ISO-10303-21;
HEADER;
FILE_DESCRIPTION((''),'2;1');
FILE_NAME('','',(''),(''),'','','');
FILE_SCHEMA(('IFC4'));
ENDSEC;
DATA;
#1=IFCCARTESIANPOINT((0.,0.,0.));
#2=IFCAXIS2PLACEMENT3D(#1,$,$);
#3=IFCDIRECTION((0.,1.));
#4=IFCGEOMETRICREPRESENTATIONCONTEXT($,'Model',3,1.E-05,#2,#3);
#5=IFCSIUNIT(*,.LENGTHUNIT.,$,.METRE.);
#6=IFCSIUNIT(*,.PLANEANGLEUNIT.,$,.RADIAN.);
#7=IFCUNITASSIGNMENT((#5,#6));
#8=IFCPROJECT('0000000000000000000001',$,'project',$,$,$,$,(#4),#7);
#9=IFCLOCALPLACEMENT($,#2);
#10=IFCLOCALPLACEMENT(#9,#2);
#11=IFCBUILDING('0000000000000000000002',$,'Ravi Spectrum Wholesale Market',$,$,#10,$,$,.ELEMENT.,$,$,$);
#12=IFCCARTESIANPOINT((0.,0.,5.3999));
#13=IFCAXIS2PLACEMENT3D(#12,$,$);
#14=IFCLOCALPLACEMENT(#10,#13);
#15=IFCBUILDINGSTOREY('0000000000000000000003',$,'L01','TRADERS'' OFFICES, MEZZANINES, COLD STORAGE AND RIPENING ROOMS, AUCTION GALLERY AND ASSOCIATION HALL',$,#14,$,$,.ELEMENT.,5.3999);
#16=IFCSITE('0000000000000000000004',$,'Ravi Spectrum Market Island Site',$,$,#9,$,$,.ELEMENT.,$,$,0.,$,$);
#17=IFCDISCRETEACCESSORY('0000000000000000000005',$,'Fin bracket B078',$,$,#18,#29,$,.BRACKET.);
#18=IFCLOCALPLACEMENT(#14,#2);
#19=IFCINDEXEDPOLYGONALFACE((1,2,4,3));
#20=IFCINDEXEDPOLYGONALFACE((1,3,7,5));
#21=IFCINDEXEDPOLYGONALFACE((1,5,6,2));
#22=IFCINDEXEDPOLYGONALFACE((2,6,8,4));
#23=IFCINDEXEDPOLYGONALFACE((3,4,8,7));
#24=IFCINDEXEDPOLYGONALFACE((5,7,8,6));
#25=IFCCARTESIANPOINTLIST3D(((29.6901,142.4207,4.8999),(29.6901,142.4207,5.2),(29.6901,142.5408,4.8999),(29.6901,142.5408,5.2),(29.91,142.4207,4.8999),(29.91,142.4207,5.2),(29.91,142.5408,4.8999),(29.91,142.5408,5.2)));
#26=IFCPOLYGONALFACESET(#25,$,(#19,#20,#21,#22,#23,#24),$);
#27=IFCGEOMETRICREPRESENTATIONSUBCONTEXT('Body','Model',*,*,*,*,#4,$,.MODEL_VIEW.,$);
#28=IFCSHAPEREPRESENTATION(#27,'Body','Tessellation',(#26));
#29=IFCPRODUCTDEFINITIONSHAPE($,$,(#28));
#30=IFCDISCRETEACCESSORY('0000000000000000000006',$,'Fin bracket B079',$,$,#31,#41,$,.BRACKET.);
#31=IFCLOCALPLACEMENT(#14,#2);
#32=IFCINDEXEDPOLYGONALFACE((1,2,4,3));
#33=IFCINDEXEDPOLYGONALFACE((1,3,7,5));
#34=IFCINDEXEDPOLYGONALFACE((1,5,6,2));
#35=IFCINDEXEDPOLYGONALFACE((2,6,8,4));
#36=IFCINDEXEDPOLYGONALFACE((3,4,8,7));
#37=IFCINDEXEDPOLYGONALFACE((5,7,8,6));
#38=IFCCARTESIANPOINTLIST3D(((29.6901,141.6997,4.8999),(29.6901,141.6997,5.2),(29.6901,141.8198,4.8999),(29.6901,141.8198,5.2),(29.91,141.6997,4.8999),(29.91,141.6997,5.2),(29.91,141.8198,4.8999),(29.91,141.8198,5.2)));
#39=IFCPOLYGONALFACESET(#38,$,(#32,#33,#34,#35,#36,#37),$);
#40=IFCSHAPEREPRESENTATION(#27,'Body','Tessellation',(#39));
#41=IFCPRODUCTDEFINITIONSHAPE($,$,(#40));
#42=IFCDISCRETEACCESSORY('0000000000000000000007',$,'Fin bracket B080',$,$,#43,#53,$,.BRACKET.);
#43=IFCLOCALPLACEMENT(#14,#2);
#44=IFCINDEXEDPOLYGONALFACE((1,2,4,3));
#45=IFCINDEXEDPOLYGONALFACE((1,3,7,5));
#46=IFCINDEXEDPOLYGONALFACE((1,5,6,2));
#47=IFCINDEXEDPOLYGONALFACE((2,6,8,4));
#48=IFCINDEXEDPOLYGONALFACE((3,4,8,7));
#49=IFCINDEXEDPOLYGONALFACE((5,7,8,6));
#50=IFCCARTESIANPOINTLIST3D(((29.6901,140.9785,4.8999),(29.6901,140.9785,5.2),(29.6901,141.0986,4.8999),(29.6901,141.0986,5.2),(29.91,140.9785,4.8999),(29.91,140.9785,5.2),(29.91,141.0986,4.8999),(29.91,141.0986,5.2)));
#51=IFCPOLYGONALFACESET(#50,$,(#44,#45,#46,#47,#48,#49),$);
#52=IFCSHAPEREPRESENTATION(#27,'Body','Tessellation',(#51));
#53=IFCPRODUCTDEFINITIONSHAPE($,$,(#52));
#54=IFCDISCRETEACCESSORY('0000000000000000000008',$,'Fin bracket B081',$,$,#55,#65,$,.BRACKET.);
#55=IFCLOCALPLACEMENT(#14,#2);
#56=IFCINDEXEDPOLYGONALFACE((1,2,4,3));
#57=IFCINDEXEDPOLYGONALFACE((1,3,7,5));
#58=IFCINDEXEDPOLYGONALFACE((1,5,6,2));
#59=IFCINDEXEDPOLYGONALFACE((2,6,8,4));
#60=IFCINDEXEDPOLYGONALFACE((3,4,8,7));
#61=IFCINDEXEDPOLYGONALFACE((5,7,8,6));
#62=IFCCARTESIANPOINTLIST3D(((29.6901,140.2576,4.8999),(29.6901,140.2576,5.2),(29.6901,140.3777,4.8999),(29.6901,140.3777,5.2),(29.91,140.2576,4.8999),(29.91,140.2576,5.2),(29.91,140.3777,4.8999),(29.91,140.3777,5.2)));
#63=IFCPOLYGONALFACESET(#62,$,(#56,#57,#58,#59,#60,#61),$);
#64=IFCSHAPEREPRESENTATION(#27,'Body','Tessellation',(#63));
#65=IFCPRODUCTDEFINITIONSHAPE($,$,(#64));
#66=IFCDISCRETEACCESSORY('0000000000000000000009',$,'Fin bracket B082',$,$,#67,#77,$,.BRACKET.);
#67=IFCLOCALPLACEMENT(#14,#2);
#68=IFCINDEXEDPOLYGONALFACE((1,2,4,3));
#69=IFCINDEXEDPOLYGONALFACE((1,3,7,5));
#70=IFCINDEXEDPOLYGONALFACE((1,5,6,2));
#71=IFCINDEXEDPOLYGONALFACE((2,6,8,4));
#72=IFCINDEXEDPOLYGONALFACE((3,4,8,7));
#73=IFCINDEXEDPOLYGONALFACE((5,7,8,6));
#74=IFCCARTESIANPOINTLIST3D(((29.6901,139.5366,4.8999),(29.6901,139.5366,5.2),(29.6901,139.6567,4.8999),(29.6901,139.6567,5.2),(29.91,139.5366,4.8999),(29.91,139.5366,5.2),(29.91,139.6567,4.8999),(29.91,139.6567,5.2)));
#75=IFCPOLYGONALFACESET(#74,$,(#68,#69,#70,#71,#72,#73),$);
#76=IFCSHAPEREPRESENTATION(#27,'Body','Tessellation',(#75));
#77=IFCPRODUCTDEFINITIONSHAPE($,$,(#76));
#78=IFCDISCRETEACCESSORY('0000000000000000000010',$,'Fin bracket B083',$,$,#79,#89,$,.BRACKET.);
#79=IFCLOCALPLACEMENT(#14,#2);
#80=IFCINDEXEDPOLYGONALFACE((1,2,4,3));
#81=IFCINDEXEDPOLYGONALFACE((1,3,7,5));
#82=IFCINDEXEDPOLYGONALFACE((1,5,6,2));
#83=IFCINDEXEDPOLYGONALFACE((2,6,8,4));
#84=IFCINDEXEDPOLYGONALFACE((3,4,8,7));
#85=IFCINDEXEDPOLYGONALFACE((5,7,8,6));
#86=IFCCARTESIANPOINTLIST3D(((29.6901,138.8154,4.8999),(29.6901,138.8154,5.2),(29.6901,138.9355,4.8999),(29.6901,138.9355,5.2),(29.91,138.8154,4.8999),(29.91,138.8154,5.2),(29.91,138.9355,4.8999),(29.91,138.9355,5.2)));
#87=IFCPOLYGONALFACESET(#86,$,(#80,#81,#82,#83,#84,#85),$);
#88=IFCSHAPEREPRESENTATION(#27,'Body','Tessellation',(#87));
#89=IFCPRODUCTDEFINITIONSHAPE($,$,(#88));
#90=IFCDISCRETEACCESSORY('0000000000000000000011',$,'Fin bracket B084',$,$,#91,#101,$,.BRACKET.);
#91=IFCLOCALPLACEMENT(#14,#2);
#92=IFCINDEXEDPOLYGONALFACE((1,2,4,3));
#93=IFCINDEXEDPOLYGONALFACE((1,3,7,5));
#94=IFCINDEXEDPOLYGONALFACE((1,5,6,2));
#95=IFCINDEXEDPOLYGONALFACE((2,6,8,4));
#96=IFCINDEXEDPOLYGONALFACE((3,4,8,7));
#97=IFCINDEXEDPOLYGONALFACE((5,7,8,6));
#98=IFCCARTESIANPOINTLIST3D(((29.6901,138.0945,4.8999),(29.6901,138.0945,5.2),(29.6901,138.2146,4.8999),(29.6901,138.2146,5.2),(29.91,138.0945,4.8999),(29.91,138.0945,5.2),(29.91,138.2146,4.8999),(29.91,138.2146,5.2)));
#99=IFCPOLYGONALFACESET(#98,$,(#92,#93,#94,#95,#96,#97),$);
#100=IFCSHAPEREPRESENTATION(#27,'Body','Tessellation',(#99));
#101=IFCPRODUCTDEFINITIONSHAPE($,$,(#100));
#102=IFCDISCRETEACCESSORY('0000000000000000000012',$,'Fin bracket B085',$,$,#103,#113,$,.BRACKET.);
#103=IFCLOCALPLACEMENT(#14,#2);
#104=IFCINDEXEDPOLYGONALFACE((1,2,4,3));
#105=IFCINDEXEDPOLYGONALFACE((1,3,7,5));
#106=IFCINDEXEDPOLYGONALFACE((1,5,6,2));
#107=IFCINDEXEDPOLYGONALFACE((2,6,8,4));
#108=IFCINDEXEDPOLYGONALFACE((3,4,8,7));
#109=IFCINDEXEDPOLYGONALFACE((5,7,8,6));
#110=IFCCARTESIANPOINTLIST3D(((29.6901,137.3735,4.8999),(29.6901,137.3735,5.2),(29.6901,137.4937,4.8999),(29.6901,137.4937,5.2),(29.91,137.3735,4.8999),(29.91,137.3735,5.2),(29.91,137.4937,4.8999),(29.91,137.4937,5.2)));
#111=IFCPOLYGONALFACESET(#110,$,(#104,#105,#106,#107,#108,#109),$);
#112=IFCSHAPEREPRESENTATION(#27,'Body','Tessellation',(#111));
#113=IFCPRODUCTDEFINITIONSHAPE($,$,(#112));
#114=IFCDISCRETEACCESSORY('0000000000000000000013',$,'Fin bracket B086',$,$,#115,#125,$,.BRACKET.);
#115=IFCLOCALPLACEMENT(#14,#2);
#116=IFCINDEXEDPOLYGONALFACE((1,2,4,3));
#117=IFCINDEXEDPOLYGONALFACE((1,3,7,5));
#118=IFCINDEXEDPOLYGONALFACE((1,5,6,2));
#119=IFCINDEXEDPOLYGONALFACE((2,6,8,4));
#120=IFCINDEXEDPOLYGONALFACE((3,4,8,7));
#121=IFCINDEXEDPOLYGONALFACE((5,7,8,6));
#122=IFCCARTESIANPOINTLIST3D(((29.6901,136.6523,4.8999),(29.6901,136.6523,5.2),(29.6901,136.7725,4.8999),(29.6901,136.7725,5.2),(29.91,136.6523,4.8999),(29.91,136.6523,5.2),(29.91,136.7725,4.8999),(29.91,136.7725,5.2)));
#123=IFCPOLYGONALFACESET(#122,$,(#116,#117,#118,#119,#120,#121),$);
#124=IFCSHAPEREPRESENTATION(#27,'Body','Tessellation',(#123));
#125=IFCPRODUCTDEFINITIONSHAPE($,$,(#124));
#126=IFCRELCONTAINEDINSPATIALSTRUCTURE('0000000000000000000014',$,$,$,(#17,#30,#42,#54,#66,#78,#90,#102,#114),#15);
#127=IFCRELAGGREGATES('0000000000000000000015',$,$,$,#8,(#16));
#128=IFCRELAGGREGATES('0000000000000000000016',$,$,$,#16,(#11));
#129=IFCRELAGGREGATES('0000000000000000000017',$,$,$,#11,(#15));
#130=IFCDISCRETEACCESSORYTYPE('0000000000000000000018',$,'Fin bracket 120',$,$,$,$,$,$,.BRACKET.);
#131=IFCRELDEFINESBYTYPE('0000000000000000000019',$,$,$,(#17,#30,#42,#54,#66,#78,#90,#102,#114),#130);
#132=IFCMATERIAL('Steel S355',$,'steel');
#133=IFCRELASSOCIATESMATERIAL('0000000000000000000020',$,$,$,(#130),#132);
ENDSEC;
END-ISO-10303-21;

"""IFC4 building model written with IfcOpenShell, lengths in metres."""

from ifc_helpers import new_model, si_unit, direction, frame, origin, origin_2d, place, context, subcontext, project, spatial, rectangle, extrude, material, type_object, element, save


model = new_model("IFC4")

# Units and contexts
model_context = context("Model", 3, precision=1e-05, world=origin(), true_north=direction((0.0, 1.0)))
body_context = subcontext(model_context, "Body", "Model", "MODEL_VIEW")
ifc_project = project(units=[si_unit("LENGTHUNIT", "METRE"), si_unit("PLANEANGLEUNIT", "RADIAN")], contexts=[model_context])

# Site, building, storey
site_placement = place(None, origin())
site = spatial("IfcSite", under=ifc_project, at=site_placement, Name="Ravi Spectrum Market Island Site", CompositionType="ELEMENT", RefElevation=0.0)
building_placement = place(site_placement, origin())
building = spatial("IfcBuilding", under=site, at=building_placement, Name="Ravi Spectrum Wholesale Market", CompositionType="ELEMENT")
storey_placement = place(building_placement, frame((0.0, 0.0, 5.3999)))
storey = spatial("IfcBuildingStorey", under=building, at=storey_placement, Name="L01", Description="TRADERS' OFFICES, MEZZANINES, COLD STORAGE AND RIPENING ROOMS, AUCTION GALLERY AND ASSOCIATION HALL", CompositionType="ELEMENT", Elevation=5.3999)

# Discrete accessories
ifc_material_1 = material(Name="Steel S355", Category="steel")
discrete_accessory_type = type_object("IfcDiscreteAccessoryType", Name="Fin bracket 120", PredefinedType="BRACKET", material=ifc_material_1)
for number, where, z_axis, x_axis, name in (
    (1, (29.8, 142.4807, 4.8999), (0.0, 0.0, 1.0), (0.0, -1.0, 0.0), "Fin bracket B078"),
    (2, (29.8, 141.7598, 4.8999), (0.0, 0.0, 1.0), (0.0, -1.0, 0.0), "Fin bracket B079"),
    (3, (29.8, 141.0386, 4.8999), (0.0, 0.0, 1.0), (0.0, -1.0, 0.0), "Fin bracket B080"),
    (4, (29.8, 140.3176, 4.8999), (0.0, 0.0, 1.0), (0.0, -1.0, 0.0), "Fin bracket B081"),
    (5, (29.8, 139.5967, 4.8999), (0.0, 0.0, 1.0), (0.0, -1.0, 0.0), "Fin bracket B082"),
    (6, (29.8, 138.8755, 4.8999), (0.0, 0.0, 1.0), (0.0, -1.0, 0.0), "Fin bracket B083"),
    (7, (29.8, 138.1545, 4.8999), (0.0, 0.0, 1.0), (0.0, -1.0, 0.0), "Fin bracket B084"),
    (8, (29.8, 137.4336, 4.8999), (0.0, 0.0, 1.0), (0.0, -1.0, 0.0), "Fin bracket B085"),
    (9, (29.8, 136.7124, 4.8999), (0.0, 0.0, 1.0), (0.0, -1.0, 0.0), "Fin bracket B086"),
):
    element("IfcDiscreteAccessory", number, at=place(storey_placement, frame(where, z_axis=z_axis, x_axis=x_axis)), inside=storey, type_object=discrete_accessory_type, Name=name, PredefinedType="BRACKET", context=body_context, shape_type="SweptSolid", body=[
        extrude(rectangle(XDim=0.1201, YDim=0.22, at=origin_2d()), origin(), (0.0, 0.0, 1.0), 0.3),
    ])

save(model, "model.ifc")
